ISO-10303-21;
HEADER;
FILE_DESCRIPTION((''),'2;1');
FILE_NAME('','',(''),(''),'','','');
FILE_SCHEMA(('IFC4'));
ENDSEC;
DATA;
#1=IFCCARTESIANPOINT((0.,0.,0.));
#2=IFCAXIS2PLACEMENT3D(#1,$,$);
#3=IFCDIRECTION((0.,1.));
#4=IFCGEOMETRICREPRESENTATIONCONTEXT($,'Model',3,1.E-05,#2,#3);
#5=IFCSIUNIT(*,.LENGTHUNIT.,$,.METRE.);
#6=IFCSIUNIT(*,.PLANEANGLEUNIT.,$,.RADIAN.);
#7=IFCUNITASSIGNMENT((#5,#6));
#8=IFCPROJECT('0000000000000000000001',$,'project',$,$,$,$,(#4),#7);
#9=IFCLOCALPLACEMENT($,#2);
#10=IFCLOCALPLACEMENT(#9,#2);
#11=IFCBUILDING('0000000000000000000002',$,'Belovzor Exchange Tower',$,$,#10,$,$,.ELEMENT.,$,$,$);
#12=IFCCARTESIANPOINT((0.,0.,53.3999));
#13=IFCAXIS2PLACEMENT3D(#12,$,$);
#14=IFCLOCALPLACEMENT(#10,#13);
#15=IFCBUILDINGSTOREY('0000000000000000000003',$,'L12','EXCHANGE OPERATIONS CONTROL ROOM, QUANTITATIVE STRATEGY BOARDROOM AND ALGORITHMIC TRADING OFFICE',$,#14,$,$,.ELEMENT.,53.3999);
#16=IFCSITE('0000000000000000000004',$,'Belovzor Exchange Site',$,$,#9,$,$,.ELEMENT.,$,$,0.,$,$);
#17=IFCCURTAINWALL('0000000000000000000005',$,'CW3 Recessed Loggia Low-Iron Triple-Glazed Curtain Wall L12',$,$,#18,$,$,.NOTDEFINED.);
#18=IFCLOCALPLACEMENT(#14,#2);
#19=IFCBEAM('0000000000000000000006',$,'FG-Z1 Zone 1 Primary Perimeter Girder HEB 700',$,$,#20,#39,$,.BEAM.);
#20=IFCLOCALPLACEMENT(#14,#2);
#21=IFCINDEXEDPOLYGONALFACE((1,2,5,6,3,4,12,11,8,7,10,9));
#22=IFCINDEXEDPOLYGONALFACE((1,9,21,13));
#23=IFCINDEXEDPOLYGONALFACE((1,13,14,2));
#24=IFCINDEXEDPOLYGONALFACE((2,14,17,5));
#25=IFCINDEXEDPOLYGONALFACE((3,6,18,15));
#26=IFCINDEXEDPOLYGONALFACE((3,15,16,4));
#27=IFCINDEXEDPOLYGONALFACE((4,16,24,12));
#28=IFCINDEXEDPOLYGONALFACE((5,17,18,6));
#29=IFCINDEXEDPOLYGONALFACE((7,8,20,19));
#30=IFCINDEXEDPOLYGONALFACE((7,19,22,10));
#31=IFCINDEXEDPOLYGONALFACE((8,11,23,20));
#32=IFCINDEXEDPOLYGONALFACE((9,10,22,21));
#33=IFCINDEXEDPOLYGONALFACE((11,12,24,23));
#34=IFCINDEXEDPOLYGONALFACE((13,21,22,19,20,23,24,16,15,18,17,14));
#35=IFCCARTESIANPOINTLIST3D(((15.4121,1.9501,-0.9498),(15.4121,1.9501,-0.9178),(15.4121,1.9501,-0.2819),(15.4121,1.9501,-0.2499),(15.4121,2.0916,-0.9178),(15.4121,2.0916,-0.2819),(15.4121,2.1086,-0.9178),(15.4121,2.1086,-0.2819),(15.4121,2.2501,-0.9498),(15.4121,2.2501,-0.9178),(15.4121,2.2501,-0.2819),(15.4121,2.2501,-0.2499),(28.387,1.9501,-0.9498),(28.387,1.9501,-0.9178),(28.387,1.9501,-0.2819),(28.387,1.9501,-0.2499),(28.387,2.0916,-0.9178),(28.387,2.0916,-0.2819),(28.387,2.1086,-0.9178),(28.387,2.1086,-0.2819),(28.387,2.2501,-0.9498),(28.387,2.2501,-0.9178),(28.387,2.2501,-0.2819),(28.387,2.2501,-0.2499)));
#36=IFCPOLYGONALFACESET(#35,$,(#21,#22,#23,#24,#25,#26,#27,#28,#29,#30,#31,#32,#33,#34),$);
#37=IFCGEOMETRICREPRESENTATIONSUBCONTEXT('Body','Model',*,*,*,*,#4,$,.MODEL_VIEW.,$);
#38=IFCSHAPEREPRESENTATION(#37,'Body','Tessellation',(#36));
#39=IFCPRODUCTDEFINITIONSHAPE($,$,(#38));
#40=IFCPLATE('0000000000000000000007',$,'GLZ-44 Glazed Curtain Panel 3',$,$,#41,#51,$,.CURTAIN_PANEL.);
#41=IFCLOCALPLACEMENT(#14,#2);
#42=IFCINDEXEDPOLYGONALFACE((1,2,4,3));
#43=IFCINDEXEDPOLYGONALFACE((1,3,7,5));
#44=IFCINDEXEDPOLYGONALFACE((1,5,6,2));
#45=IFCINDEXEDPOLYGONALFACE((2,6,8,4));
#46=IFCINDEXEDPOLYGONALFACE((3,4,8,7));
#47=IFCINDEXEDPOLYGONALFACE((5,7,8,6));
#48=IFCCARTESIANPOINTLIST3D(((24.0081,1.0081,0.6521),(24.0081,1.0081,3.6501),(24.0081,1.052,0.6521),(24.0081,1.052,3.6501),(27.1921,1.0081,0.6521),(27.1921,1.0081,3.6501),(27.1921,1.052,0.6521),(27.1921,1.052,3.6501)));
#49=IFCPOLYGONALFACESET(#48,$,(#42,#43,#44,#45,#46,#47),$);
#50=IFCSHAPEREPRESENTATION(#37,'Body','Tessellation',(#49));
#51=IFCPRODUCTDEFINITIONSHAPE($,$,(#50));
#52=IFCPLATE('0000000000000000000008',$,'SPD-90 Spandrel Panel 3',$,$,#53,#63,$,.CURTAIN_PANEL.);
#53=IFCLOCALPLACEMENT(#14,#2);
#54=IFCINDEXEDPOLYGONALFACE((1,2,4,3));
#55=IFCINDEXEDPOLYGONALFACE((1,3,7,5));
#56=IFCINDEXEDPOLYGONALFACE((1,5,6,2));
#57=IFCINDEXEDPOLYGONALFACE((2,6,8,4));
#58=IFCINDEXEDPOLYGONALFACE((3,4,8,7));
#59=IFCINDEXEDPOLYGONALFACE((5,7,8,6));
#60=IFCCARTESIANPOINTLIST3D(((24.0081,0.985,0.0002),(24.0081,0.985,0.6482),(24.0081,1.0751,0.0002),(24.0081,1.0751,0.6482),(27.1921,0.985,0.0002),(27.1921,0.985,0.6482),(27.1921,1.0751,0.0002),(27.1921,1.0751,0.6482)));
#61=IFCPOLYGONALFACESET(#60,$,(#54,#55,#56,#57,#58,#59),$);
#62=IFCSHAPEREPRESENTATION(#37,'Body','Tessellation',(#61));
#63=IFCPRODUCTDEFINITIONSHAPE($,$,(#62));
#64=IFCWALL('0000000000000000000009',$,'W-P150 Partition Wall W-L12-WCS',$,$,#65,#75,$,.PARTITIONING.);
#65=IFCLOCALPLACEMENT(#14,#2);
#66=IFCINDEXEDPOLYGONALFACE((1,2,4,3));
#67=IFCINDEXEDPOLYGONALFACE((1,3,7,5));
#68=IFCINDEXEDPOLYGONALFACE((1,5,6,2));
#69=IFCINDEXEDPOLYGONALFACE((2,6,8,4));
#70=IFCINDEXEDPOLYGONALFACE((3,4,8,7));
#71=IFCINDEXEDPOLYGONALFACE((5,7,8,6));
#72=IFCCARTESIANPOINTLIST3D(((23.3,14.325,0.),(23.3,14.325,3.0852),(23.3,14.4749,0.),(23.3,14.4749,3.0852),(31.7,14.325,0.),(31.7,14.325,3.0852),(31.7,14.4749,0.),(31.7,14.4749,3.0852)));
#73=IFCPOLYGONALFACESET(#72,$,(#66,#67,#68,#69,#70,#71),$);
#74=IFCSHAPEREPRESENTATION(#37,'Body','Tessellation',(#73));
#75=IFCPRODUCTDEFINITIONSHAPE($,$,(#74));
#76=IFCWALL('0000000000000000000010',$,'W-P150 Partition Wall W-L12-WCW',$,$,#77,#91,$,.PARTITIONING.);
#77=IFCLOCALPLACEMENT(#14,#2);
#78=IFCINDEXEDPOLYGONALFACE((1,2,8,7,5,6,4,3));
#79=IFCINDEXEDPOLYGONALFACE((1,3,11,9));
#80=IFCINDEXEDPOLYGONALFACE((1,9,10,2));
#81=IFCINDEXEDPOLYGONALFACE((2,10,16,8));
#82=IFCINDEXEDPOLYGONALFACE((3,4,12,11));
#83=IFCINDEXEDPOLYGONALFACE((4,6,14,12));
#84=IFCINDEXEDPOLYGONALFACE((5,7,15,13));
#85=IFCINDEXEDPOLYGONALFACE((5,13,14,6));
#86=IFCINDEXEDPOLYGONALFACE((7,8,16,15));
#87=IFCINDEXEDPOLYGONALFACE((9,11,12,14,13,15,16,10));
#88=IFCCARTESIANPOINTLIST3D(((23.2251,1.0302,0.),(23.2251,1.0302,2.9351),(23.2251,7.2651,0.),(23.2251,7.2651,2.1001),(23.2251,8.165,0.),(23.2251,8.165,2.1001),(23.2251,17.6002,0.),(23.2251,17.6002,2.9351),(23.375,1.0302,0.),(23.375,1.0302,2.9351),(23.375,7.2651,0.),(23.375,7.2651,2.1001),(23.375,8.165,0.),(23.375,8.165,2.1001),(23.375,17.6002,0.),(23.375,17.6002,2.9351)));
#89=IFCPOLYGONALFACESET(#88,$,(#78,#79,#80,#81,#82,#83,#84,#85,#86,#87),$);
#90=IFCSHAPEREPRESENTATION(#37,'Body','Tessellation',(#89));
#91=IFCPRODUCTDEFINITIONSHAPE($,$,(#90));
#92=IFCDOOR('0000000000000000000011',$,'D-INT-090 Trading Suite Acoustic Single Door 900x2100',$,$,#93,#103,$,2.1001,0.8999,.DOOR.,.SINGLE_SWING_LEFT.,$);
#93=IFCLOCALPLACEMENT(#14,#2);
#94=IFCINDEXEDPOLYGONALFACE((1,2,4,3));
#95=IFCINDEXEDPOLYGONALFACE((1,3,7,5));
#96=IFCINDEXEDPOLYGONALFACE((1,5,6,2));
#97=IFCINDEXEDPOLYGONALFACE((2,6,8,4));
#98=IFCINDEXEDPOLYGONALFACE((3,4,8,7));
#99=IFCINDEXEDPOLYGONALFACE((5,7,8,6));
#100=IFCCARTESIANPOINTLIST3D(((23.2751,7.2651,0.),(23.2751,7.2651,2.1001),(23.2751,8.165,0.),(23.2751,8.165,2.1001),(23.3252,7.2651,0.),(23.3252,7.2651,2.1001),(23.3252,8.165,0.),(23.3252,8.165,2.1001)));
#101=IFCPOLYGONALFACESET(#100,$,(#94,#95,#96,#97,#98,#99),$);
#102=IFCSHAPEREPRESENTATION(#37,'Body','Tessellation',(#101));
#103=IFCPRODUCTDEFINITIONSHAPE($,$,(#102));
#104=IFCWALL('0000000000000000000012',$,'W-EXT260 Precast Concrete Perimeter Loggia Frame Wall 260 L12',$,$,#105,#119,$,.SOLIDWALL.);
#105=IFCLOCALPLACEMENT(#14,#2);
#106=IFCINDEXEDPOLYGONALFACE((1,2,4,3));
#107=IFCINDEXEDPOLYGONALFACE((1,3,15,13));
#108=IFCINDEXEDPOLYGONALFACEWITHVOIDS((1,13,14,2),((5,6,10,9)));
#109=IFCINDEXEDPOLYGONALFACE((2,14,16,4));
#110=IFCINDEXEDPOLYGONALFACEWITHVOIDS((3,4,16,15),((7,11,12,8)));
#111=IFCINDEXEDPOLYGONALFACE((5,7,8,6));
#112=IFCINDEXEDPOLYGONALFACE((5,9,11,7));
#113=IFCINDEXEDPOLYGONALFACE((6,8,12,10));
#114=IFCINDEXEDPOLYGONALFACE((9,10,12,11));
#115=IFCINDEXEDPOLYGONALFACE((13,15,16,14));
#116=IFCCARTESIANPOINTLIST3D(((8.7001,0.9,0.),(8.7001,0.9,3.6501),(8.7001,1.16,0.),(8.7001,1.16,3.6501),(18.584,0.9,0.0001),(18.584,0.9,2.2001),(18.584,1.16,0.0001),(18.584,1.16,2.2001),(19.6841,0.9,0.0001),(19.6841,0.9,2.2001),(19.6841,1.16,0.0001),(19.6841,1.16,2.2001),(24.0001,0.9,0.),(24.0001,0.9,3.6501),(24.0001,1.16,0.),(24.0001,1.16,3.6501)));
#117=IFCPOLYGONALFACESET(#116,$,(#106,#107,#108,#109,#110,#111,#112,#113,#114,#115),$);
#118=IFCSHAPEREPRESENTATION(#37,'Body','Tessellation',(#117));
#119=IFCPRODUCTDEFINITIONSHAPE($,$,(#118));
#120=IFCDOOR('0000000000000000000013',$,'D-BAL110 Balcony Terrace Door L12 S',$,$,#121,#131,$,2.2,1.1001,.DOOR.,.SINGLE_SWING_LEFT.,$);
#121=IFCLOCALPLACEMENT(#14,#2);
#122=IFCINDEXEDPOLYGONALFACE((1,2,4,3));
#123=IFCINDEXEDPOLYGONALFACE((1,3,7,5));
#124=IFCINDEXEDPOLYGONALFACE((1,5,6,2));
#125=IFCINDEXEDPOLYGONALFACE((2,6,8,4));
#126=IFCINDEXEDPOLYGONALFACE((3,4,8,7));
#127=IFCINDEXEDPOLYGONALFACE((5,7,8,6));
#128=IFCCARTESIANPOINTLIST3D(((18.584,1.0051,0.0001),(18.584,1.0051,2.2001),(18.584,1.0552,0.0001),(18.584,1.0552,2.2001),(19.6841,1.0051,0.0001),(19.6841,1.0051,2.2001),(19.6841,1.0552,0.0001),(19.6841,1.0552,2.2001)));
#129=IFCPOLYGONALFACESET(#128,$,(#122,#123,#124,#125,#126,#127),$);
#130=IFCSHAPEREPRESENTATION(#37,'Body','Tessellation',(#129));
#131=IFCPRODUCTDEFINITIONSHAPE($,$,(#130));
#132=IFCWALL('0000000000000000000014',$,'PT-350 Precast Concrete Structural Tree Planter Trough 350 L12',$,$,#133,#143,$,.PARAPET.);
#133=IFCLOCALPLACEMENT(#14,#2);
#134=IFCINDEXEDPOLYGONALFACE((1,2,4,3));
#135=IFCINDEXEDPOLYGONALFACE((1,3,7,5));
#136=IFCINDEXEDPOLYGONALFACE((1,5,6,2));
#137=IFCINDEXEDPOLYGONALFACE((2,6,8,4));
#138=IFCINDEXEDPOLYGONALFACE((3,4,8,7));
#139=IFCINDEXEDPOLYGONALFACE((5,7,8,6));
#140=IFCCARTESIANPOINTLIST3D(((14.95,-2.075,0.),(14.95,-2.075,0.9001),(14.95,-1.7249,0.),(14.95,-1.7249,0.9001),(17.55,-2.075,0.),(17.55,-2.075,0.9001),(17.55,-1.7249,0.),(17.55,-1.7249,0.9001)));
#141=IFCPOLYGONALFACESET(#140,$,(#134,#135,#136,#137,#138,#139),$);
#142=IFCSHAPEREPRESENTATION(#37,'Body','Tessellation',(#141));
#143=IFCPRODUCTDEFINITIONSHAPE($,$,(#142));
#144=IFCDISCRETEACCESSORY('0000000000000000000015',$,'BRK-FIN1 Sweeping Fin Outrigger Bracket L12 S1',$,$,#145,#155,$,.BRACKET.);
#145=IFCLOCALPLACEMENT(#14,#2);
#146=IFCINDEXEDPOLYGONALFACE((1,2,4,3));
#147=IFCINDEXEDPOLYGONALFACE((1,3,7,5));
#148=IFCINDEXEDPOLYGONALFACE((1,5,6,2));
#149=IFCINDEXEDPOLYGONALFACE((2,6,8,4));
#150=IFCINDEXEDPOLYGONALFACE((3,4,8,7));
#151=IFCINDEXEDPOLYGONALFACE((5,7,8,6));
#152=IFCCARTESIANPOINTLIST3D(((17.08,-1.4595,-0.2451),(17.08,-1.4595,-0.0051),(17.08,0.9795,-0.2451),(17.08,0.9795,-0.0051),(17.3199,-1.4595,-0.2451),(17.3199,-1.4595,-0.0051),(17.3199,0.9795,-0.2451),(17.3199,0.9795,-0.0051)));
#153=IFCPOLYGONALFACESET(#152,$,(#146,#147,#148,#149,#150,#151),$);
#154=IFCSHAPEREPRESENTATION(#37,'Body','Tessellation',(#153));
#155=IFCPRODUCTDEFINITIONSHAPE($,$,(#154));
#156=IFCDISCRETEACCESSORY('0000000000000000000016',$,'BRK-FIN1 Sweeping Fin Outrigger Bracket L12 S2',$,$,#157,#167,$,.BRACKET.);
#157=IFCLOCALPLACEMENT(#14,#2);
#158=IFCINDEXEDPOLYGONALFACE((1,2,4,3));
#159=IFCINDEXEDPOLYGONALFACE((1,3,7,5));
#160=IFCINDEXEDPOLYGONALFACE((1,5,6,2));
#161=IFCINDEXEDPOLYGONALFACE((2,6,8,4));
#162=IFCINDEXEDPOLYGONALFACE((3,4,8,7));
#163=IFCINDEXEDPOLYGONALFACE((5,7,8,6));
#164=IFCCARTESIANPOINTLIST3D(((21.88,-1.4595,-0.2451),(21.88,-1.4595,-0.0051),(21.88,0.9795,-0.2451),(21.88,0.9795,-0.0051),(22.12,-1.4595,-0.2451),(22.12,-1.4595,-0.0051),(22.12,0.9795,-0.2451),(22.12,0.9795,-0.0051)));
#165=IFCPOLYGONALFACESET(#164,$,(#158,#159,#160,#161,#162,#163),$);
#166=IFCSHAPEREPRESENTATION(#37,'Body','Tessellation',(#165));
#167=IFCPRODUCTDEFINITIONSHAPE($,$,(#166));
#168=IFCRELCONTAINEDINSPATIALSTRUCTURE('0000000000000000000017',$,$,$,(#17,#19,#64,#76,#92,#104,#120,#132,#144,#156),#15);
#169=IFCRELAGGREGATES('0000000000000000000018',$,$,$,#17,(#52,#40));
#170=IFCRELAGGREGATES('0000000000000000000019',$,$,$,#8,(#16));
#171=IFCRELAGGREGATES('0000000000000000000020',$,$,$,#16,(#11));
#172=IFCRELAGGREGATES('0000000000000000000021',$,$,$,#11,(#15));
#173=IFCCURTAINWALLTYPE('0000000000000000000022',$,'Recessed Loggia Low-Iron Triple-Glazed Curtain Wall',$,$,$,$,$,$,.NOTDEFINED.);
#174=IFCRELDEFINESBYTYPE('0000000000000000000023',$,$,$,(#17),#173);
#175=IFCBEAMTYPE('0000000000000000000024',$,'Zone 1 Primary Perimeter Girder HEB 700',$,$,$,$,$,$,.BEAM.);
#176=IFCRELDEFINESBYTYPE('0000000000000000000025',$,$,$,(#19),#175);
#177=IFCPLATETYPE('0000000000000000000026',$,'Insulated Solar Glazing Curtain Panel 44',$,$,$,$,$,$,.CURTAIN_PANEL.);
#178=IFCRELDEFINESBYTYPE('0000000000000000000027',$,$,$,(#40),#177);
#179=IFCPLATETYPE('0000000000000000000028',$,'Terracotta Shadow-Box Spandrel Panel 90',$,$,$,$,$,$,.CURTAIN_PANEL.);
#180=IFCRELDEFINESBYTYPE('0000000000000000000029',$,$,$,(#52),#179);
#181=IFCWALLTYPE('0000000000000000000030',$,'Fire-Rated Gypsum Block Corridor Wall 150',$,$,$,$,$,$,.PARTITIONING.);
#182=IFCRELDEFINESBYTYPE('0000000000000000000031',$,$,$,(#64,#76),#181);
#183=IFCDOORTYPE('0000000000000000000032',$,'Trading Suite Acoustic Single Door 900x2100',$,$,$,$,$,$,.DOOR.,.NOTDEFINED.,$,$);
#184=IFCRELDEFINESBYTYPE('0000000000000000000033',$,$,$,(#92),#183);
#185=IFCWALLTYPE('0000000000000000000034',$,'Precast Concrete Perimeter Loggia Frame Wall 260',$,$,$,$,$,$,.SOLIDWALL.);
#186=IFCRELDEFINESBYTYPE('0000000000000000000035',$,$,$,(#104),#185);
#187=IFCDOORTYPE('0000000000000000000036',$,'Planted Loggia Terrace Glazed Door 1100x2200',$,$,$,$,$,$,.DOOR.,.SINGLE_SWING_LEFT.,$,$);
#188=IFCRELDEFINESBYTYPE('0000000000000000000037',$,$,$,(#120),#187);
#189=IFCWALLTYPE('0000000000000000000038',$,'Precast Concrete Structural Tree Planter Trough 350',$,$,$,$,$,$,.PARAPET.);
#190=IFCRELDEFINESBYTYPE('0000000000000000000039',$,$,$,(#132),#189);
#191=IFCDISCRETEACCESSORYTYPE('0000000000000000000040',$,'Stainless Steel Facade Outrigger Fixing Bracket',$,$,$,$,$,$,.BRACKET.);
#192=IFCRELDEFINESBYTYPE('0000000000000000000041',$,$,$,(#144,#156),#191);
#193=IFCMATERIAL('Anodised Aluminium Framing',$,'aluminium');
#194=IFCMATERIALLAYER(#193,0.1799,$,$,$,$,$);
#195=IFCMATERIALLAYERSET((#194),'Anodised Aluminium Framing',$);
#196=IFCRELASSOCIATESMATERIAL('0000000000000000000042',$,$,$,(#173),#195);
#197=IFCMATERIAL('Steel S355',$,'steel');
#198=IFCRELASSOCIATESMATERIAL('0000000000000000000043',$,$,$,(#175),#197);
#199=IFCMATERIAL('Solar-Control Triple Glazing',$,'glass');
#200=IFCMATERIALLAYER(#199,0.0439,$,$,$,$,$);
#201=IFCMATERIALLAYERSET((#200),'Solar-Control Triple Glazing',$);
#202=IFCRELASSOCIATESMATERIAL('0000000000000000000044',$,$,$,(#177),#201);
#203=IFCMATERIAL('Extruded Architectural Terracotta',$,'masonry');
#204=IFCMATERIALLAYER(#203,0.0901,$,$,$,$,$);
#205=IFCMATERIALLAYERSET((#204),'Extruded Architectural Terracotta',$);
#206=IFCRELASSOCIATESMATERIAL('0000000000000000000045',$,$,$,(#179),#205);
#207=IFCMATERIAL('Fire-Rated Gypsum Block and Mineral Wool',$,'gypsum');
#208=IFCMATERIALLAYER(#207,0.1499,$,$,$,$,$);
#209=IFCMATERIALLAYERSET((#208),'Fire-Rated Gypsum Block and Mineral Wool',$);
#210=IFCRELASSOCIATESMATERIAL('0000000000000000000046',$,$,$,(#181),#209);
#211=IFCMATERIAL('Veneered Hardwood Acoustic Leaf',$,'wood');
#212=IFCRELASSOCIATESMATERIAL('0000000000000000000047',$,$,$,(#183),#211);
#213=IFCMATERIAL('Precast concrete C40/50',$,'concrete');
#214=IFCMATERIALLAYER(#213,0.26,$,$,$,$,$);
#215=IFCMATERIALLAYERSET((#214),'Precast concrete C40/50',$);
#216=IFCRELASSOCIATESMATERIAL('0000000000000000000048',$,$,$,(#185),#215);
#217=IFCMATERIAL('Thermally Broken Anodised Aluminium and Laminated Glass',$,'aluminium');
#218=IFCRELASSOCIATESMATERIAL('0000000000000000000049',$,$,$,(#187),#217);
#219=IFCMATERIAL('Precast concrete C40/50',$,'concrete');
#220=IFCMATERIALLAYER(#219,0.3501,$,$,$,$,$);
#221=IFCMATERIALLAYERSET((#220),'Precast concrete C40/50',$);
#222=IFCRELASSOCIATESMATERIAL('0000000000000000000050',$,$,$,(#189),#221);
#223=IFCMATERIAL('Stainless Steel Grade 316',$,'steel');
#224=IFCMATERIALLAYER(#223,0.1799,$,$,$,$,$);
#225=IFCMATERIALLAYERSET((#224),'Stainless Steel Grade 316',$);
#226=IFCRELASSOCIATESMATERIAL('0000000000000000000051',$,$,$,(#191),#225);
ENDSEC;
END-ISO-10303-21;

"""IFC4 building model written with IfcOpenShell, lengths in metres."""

from ifc_helpers import new_model, si_unit, direction, frame, frame_2d, origin, origin_2d, place, context, subcontext, project, spatial, rectangle, i_section, extrude, material, layer, layer_set, material_profile, profile_set, type_object, element, fill, aggregate, save


model = new_model("IFC4")

# Units and contexts
model_context = context("Model", 3, precision=1e-05, world=origin(), true_north=direction((0.0, 1.0)))
body_context = subcontext(model_context, "Body", "Model", "MODEL_VIEW")
ifc_project = project(units=[si_unit("LENGTHUNIT", "METRE"), si_unit("PLANEANGLEUNIT", "RADIAN")], contexts=[model_context])

# Site, building, storey
site_placement = place(None, origin())
site = spatial("IfcSite", under=ifc_project, at=site_placement, Name="Belovzor Exchange Site", CompositionType="ELEMENT", RefElevation=0.0)
building_placement = place(site_placement, origin())
building = spatial("IfcBuilding", under=site, at=building_placement, Name="Belovzor Exchange Tower", CompositionType="ELEMENT")
storey_placement = place(building_placement, frame((0.0, 0.0, 53.3999)))
storey = spatial("IfcBuildingStorey", under=building, at=storey_placement, Name="L12", Description="EXCHANGE OPERATIONS CONTROL ROOM, QUANTITATIVE STRATEGY BOARDROOM AND ALGORITHMIC TRADING OFFICE", CompositionType="ELEMENT", Elevation=53.3999)

# Curtain wall
ifc_material_1 = material(Name="Anodised Aluminium Framing", Category="aluminium")
ifc_layer_1 = layer(ifc_material_1, 0.1799)
ifc_layer_set_1 = layer_set([ifc_layer_1], Name="Anodised Aluminium Framing")
curtain_wall_type = type_object("IfcCurtainWallType", Name="Recessed Loggia Low-Iron Triple-Glazed Curtain Wall", PredefinedType="NOTDEFINED", material=ifc_layer_set_1)
curtain_wall_placement = place(storey_placement, origin())
curtain_wall = element("IfcCurtainWall", 1, at=curtain_wall_placement, inside=storey, type_object=curtain_wall_type, Name="CW3 Recessed Loggia Low-Iron Triple-Glazed Curtain Wall L12", PredefinedType="NOTDEFINED")

# Beam
ifc_material_2 = material(Name="Steel S355", Category="steel")
ifc_material_profile_1 = material_profile(ifc_material_2, i_section(OverallWidth=0.3, OverallDepth=0.7, WebThickness=0.0171, FlangeThickness=0.032, at=origin_2d()))
ifc_profile_set_1 = profile_set([ifc_material_profile_1], Name="Steel S355")
beam_type_1 = type_object("IfcBeamType", Name="Zone 1 Primary Perimeter Girder HEB 700", PredefinedType="BEAM", material=ifc_profile_set_1)
beam_1_placement = place(storey_placement, frame((15.4121, 2.1001, -0.5999), z_axis=(1.0, 0.0, 0.0), x_axis=(0.0, 1.0, 0.0)))
element("IfcBeam", 2, at=beam_1_placement, inside=storey, type_object=beam_type_1, Name="FG-Z1 Zone 1 Primary Perimeter Girder HEB 700", PredefinedType="BEAM", context=body_context, shape_type="SweptSolid", body=[
    extrude(i_section(OverallWidth=0.3, OverallDepth=0.7, WebThickness=0.0171, FlangeThickness=0.032, at=origin_2d()), origin(), (0.0, 0.0, 1.0), 12.9749),
])

# Plates
ifc_material_3 = material(Name="Solar-Control Triple Glazing", Category="glass")
ifc_layer_2 = layer(ifc_material_3, 0.0439)
ifc_layer_set_2 = layer_set([ifc_layer_2], Name="Solar-Control Triple Glazing")
plate_type_1 = type_object("IfcPlateType", Name="Insulated Solar Glazing Curtain Panel 44", PredefinedType="CURTAIN_PANEL", material=ifc_layer_set_2)
plate_1_placement = place(storey_placement, frame((25.6001, 1.03, 0.6521), z_axis=(0.0, 0.0, 1.0), x_axis=(-1.0, 0.0, 0.0)))
plate_1 = element("IfcPlate", 3, at=plate_1_placement, type_object=plate_type_1, Name="GLZ-44 Glazed Curtain Panel 3", PredefinedType="CURTAIN_PANEL", context=body_context, shape_type="SweptSolid", body=[
    extrude(rectangle(XDim=3.1841, YDim=0.0439, at=origin_2d()), origin(), (0.0, 0.0, 1.0), 2.998),
])
ifc_material_4 = material(Name="Extruded Architectural Terracotta", Category="masonry")
ifc_layer_3 = layer(ifc_material_4, 0.0901)
ifc_layer_set_3 = layer_set([ifc_layer_3], Name="Extruded Architectural Terracotta")
plate_type_2 = type_object("IfcPlateType", Name="Terracotta Shadow-Box Spandrel Panel 90", PredefinedType="CURTAIN_PANEL", material=ifc_layer_set_3)
plate_2_placement = place(storey_placement, frame((25.6001, 1.03, 0.0002), z_axis=(0.0, 0.0, 1.0), x_axis=(-1.0, 0.0, 0.0)))
plate_2 = element("IfcPlate", 4, at=plate_2_placement, type_object=plate_type_2, Name="SPD-90 Spandrel Panel 3", PredefinedType="CURTAIN_PANEL", context=body_context, shape_type="SweptSolid", body=[
    extrude(rectangle(XDim=3.1841, YDim=0.0901, at=origin_2d()), origin(), (0.0, 0.0, 1.0), 0.6479),
])
aggregate(curtain_wall, [plate_2, plate_1])

# Wall
ifc_material_5 = material(Name="Fire-Rated Gypsum Block and Mineral Wool", Category="gypsum")
ifc_layer_4 = layer(ifc_material_5, 0.1499)
ifc_layer_set_4 = layer_set([ifc_layer_4], Name="Fire-Rated Gypsum Block and Mineral Wool")
wall_type_1 = type_object("IfcWallType", Name="Fire-Rated Gypsum Block Corridor Wall 150", PredefinedType="PARTITIONING", material=ifc_layer_set_4)
wall_1_placement = place(storey_placement, frame((23.3, 14.3999, 0.0), z_axis=(0.0, 0.0, 1.0), x_axis=(1.0, 0.0, 0.0)))
element("IfcWall", 5, at=wall_1_placement, inside=storey, type_object=wall_type_1, Name="W-P150 Partition Wall W-L12-WCS", PredefinedType="PARTITIONING", context=body_context, shape_type="SweptSolid", body=[
    extrude(rectangle(XDim=8.3999, YDim=0.1499, at=frame_2d((4.2, 0.0))), origin(), (0.0, 0.0, 1.0), 3.0852),
])

# Walls, openings, doors
wall_2_placement = place(storey_placement, frame((23.3, 1.03, 0.0), z_axis=(0.0, 0.0, 1.0), x_axis=(0.0, 1.0, 0.0)))
wall_2 = element("IfcWall", 6, at=wall_2_placement, inside=storey, type_object=wall_type_1, Name="W-P150 Partition Wall W-L12-WCW", PredefinedType="PARTITIONING", context=body_context, shape_type="SweptSolid", body=[
    extrude(rectangle(XDim=16.5701, YDim=0.1499, at=frame_2d((8.2852, 0.0))), origin(), (0.0, 0.0, 1.0), 2.9351),
])
opening_1_placement = place(wall_2_placement, frame((6.2351, 0.0, 0.0)))
opening_1 = element("IfcOpeningElement", 7, at=opening_1_placement, cuts=wall_2, PredefinedType="OPENING", context=body_context, shape_type="SweptSolid", body=[
    extrude(rectangle(XDim=0.8999, YDim=2.1001, at=frame_2d((0.45, 1.05))), frame((0.0, 0.085, 0.0), z_axis=(0.0, -1.0, 0.0), x_axis=(1.0, 0.0, 0.0)), (0.0, 0.0, 1.0), 0.1699),
])
ifc_material_6 = material(Name="Veneered Hardwood Acoustic Leaf", Category="wood")
door_type_1 = type_object("IfcDoorType", Name="Trading Suite Acoustic Single Door 900x2100", OperationType="NOTDEFINED", PredefinedType="DOOR", material=ifc_material_6)
door_1_placement = place(opening_1_placement, origin())
door_1 = element("IfcDoor", 8, at=door_1_placement, inside=storey, type_object=door_type_1, Name="D-INT-090 Trading Suite Acoustic Single Door 900x2100", OperationType="SINGLE_SWING_LEFT", OverallHeight=2.1001, OverallWidth=0.8999, PredefinedType="DOOR", context=body_context, shape_type="SweptSolid", body=[
    extrude(rectangle(XDim=0.8999, YDim=2.1001, at=frame_2d((0.45, 1.05))), frame((0.0, 0.0249, 0.0), z_axis=(0.0, -1.0, 0.0), x_axis=(1.0, 0.0, 0.0)), (0.0, 0.0, 1.0), 0.05),
])
fill(opening_1, door_1)
ifc_material_7 = material(Name="Precast concrete C40/50", Category="concrete")
ifc_layer_5 = layer(ifc_material_7, 0.26)
ifc_layer_set_5 = layer_set([ifc_layer_5], Name="Precast concrete C40/50")
wall_type_2 = type_object("IfcWallType", Name="Precast Concrete Perimeter Loggia Frame Wall 260", PredefinedType="SOLIDWALL", material=ifc_layer_set_5)
wall_3_placement = place(storey_placement, frame((24.0, 1.03, 0.0), z_axis=(0.0, 0.0, 1.0), x_axis=(-1.0, 0.0, 0.0)))
wall_3 = element("IfcWall", 9, at=wall_3_placement, inside=storey, type_object=wall_type_2, Name="W-EXT260 Precast Concrete Perimeter Loggia Frame Wall 260 L12", PredefinedType="SOLIDWALL", context=body_context, shape_type="SweptSolid", body=[
    extrude(rectangle(XDim=15.3, YDim=0.26, at=frame_2d((7.6499, 0.0))), origin(), (0.0, 0.0, 1.0), 3.6501),
])
opening_2_placement = place(wall_3_placement, frame((4.3159, 0.0, 0.0)))
opening_2 = element("IfcOpeningElement", 10, at=opening_2_placement, cuts=wall_3, PredefinedType="OPENING", context=body_context, shape_type="SweptSolid", body=[
    extrude(rectangle(XDim=1.1001, YDim=2.2, at=frame_2d((0.55, 1.1001))), frame((0.0, 0.1399, 0.0), z_axis=(0.0, -1.0, 0.0), x_axis=(1.0, 0.0, 0.0)), (0.0, 0.0, 1.0), 0.28),
])
ifc_material_8 = material(Name="Thermally Broken Anodised Aluminium and Laminated Glass", Category="aluminium")
door_type_2 = type_object("IfcDoorType", Name="Planted Loggia Terrace Glazed Door 1100x2200", OperationType="SINGLE_SWING_LEFT", PredefinedType="DOOR", material=ifc_material_8)
door_2_placement = place(opening_2_placement, origin())
door_2 = element("IfcDoor", 11, at=door_2_placement, inside=storey, type_object=door_type_2, Name="D-BAL110 Balcony Terrace Door L12 S", OperationType="SINGLE_SWING_LEFT", OverallHeight=2.2, OverallWidth=1.1001, PredefinedType="DOOR", context=body_context, shape_type="SweptSolid", body=[
    extrude(rectangle(XDim=1.1001, YDim=2.2, at=frame_2d((0.55, 1.1001))), frame((0.0, 0.0249, 0.0), z_axis=(0.0, -1.0, 0.0), x_axis=(1.0, 0.0, 0.0)), (0.0, 0.0, 1.0), 0.05),
])
fill(opening_2, door_2)

# Wall
ifc_material_9 = material(Name="Precast concrete C40/50", Category="concrete")
ifc_layer_6 = layer(ifc_material_9, 0.3501)
ifc_layer_set_6 = layer_set([ifc_layer_6], Name="Precast concrete C40/50")
wall_type_3 = type_object("IfcWallType", Name="Precast Concrete Structural Tree Planter Trough 350", PredefinedType="PARAPET", material=ifc_layer_set_6)
wall_4_placement = place(storey_placement, frame((14.95, -1.8999, 0.0), z_axis=(0.0, 0.0, 1.0), x_axis=(1.0, 0.0, 0.0)))
element("IfcWall", 12, at=wall_4_placement, inside=storey, type_object=wall_type_3, Name="PT-350 Precast Concrete Structural Tree Planter Trough 350 L12", PredefinedType="PARAPET", context=body_context, shape_type="SweptSolid", body=[
    extrude(rectangle(XDim=2.6001, YDim=0.3501, at=frame_2d((1.3, 0.0))), origin(), (0.0, 0.0, 1.0), 0.9001),
])

# Discrete accessories
ifc_material_10 = material(Name="Stainless Steel Grade 316", Category="steel")
ifc_layer_7 = layer(ifc_material_10, 0.1799)
ifc_layer_set_7 = layer_set([ifc_layer_7], Name="Stainless Steel Grade 316")
discrete_accessory_type = type_object("IfcDiscreteAccessoryType", Name="Stainless Steel Facade Outrigger Fixing Bracket", PredefinedType="BRACKET", material=ifc_layer_set_7)
for number, where, z_axis, x_axis, name in (
    (13, (17.2, -0.24, -0.2451), (0.0, 0.0, 1.0), (0.0, 1.0, 0.0), "BRK-FIN1 Sweeping Fin Outrigger Bracket L12 S1"),
    (14, (22.0, -0.24, -0.2451), (0.0, 0.0, 1.0), (0.0, 1.0, 0.0), "BRK-FIN1 Sweeping Fin Outrigger Bracket L12 S2"),
):
    element("IfcDiscreteAccessory", number, at=place(storey_placement, frame(where, z_axis=z_axis, x_axis=x_axis)), inside=storey, type_object=discrete_accessory_type, Name=name, PredefinedType="BRACKET", context=body_context, shape_type="SweptSolid", body=[
        extrude(rectangle(XDim=2.439, YDim=0.24, at=origin_2d()), origin(), (0.0, 0.0, 1.0), 0.24),
    ])

save(model, "model.ifc")
